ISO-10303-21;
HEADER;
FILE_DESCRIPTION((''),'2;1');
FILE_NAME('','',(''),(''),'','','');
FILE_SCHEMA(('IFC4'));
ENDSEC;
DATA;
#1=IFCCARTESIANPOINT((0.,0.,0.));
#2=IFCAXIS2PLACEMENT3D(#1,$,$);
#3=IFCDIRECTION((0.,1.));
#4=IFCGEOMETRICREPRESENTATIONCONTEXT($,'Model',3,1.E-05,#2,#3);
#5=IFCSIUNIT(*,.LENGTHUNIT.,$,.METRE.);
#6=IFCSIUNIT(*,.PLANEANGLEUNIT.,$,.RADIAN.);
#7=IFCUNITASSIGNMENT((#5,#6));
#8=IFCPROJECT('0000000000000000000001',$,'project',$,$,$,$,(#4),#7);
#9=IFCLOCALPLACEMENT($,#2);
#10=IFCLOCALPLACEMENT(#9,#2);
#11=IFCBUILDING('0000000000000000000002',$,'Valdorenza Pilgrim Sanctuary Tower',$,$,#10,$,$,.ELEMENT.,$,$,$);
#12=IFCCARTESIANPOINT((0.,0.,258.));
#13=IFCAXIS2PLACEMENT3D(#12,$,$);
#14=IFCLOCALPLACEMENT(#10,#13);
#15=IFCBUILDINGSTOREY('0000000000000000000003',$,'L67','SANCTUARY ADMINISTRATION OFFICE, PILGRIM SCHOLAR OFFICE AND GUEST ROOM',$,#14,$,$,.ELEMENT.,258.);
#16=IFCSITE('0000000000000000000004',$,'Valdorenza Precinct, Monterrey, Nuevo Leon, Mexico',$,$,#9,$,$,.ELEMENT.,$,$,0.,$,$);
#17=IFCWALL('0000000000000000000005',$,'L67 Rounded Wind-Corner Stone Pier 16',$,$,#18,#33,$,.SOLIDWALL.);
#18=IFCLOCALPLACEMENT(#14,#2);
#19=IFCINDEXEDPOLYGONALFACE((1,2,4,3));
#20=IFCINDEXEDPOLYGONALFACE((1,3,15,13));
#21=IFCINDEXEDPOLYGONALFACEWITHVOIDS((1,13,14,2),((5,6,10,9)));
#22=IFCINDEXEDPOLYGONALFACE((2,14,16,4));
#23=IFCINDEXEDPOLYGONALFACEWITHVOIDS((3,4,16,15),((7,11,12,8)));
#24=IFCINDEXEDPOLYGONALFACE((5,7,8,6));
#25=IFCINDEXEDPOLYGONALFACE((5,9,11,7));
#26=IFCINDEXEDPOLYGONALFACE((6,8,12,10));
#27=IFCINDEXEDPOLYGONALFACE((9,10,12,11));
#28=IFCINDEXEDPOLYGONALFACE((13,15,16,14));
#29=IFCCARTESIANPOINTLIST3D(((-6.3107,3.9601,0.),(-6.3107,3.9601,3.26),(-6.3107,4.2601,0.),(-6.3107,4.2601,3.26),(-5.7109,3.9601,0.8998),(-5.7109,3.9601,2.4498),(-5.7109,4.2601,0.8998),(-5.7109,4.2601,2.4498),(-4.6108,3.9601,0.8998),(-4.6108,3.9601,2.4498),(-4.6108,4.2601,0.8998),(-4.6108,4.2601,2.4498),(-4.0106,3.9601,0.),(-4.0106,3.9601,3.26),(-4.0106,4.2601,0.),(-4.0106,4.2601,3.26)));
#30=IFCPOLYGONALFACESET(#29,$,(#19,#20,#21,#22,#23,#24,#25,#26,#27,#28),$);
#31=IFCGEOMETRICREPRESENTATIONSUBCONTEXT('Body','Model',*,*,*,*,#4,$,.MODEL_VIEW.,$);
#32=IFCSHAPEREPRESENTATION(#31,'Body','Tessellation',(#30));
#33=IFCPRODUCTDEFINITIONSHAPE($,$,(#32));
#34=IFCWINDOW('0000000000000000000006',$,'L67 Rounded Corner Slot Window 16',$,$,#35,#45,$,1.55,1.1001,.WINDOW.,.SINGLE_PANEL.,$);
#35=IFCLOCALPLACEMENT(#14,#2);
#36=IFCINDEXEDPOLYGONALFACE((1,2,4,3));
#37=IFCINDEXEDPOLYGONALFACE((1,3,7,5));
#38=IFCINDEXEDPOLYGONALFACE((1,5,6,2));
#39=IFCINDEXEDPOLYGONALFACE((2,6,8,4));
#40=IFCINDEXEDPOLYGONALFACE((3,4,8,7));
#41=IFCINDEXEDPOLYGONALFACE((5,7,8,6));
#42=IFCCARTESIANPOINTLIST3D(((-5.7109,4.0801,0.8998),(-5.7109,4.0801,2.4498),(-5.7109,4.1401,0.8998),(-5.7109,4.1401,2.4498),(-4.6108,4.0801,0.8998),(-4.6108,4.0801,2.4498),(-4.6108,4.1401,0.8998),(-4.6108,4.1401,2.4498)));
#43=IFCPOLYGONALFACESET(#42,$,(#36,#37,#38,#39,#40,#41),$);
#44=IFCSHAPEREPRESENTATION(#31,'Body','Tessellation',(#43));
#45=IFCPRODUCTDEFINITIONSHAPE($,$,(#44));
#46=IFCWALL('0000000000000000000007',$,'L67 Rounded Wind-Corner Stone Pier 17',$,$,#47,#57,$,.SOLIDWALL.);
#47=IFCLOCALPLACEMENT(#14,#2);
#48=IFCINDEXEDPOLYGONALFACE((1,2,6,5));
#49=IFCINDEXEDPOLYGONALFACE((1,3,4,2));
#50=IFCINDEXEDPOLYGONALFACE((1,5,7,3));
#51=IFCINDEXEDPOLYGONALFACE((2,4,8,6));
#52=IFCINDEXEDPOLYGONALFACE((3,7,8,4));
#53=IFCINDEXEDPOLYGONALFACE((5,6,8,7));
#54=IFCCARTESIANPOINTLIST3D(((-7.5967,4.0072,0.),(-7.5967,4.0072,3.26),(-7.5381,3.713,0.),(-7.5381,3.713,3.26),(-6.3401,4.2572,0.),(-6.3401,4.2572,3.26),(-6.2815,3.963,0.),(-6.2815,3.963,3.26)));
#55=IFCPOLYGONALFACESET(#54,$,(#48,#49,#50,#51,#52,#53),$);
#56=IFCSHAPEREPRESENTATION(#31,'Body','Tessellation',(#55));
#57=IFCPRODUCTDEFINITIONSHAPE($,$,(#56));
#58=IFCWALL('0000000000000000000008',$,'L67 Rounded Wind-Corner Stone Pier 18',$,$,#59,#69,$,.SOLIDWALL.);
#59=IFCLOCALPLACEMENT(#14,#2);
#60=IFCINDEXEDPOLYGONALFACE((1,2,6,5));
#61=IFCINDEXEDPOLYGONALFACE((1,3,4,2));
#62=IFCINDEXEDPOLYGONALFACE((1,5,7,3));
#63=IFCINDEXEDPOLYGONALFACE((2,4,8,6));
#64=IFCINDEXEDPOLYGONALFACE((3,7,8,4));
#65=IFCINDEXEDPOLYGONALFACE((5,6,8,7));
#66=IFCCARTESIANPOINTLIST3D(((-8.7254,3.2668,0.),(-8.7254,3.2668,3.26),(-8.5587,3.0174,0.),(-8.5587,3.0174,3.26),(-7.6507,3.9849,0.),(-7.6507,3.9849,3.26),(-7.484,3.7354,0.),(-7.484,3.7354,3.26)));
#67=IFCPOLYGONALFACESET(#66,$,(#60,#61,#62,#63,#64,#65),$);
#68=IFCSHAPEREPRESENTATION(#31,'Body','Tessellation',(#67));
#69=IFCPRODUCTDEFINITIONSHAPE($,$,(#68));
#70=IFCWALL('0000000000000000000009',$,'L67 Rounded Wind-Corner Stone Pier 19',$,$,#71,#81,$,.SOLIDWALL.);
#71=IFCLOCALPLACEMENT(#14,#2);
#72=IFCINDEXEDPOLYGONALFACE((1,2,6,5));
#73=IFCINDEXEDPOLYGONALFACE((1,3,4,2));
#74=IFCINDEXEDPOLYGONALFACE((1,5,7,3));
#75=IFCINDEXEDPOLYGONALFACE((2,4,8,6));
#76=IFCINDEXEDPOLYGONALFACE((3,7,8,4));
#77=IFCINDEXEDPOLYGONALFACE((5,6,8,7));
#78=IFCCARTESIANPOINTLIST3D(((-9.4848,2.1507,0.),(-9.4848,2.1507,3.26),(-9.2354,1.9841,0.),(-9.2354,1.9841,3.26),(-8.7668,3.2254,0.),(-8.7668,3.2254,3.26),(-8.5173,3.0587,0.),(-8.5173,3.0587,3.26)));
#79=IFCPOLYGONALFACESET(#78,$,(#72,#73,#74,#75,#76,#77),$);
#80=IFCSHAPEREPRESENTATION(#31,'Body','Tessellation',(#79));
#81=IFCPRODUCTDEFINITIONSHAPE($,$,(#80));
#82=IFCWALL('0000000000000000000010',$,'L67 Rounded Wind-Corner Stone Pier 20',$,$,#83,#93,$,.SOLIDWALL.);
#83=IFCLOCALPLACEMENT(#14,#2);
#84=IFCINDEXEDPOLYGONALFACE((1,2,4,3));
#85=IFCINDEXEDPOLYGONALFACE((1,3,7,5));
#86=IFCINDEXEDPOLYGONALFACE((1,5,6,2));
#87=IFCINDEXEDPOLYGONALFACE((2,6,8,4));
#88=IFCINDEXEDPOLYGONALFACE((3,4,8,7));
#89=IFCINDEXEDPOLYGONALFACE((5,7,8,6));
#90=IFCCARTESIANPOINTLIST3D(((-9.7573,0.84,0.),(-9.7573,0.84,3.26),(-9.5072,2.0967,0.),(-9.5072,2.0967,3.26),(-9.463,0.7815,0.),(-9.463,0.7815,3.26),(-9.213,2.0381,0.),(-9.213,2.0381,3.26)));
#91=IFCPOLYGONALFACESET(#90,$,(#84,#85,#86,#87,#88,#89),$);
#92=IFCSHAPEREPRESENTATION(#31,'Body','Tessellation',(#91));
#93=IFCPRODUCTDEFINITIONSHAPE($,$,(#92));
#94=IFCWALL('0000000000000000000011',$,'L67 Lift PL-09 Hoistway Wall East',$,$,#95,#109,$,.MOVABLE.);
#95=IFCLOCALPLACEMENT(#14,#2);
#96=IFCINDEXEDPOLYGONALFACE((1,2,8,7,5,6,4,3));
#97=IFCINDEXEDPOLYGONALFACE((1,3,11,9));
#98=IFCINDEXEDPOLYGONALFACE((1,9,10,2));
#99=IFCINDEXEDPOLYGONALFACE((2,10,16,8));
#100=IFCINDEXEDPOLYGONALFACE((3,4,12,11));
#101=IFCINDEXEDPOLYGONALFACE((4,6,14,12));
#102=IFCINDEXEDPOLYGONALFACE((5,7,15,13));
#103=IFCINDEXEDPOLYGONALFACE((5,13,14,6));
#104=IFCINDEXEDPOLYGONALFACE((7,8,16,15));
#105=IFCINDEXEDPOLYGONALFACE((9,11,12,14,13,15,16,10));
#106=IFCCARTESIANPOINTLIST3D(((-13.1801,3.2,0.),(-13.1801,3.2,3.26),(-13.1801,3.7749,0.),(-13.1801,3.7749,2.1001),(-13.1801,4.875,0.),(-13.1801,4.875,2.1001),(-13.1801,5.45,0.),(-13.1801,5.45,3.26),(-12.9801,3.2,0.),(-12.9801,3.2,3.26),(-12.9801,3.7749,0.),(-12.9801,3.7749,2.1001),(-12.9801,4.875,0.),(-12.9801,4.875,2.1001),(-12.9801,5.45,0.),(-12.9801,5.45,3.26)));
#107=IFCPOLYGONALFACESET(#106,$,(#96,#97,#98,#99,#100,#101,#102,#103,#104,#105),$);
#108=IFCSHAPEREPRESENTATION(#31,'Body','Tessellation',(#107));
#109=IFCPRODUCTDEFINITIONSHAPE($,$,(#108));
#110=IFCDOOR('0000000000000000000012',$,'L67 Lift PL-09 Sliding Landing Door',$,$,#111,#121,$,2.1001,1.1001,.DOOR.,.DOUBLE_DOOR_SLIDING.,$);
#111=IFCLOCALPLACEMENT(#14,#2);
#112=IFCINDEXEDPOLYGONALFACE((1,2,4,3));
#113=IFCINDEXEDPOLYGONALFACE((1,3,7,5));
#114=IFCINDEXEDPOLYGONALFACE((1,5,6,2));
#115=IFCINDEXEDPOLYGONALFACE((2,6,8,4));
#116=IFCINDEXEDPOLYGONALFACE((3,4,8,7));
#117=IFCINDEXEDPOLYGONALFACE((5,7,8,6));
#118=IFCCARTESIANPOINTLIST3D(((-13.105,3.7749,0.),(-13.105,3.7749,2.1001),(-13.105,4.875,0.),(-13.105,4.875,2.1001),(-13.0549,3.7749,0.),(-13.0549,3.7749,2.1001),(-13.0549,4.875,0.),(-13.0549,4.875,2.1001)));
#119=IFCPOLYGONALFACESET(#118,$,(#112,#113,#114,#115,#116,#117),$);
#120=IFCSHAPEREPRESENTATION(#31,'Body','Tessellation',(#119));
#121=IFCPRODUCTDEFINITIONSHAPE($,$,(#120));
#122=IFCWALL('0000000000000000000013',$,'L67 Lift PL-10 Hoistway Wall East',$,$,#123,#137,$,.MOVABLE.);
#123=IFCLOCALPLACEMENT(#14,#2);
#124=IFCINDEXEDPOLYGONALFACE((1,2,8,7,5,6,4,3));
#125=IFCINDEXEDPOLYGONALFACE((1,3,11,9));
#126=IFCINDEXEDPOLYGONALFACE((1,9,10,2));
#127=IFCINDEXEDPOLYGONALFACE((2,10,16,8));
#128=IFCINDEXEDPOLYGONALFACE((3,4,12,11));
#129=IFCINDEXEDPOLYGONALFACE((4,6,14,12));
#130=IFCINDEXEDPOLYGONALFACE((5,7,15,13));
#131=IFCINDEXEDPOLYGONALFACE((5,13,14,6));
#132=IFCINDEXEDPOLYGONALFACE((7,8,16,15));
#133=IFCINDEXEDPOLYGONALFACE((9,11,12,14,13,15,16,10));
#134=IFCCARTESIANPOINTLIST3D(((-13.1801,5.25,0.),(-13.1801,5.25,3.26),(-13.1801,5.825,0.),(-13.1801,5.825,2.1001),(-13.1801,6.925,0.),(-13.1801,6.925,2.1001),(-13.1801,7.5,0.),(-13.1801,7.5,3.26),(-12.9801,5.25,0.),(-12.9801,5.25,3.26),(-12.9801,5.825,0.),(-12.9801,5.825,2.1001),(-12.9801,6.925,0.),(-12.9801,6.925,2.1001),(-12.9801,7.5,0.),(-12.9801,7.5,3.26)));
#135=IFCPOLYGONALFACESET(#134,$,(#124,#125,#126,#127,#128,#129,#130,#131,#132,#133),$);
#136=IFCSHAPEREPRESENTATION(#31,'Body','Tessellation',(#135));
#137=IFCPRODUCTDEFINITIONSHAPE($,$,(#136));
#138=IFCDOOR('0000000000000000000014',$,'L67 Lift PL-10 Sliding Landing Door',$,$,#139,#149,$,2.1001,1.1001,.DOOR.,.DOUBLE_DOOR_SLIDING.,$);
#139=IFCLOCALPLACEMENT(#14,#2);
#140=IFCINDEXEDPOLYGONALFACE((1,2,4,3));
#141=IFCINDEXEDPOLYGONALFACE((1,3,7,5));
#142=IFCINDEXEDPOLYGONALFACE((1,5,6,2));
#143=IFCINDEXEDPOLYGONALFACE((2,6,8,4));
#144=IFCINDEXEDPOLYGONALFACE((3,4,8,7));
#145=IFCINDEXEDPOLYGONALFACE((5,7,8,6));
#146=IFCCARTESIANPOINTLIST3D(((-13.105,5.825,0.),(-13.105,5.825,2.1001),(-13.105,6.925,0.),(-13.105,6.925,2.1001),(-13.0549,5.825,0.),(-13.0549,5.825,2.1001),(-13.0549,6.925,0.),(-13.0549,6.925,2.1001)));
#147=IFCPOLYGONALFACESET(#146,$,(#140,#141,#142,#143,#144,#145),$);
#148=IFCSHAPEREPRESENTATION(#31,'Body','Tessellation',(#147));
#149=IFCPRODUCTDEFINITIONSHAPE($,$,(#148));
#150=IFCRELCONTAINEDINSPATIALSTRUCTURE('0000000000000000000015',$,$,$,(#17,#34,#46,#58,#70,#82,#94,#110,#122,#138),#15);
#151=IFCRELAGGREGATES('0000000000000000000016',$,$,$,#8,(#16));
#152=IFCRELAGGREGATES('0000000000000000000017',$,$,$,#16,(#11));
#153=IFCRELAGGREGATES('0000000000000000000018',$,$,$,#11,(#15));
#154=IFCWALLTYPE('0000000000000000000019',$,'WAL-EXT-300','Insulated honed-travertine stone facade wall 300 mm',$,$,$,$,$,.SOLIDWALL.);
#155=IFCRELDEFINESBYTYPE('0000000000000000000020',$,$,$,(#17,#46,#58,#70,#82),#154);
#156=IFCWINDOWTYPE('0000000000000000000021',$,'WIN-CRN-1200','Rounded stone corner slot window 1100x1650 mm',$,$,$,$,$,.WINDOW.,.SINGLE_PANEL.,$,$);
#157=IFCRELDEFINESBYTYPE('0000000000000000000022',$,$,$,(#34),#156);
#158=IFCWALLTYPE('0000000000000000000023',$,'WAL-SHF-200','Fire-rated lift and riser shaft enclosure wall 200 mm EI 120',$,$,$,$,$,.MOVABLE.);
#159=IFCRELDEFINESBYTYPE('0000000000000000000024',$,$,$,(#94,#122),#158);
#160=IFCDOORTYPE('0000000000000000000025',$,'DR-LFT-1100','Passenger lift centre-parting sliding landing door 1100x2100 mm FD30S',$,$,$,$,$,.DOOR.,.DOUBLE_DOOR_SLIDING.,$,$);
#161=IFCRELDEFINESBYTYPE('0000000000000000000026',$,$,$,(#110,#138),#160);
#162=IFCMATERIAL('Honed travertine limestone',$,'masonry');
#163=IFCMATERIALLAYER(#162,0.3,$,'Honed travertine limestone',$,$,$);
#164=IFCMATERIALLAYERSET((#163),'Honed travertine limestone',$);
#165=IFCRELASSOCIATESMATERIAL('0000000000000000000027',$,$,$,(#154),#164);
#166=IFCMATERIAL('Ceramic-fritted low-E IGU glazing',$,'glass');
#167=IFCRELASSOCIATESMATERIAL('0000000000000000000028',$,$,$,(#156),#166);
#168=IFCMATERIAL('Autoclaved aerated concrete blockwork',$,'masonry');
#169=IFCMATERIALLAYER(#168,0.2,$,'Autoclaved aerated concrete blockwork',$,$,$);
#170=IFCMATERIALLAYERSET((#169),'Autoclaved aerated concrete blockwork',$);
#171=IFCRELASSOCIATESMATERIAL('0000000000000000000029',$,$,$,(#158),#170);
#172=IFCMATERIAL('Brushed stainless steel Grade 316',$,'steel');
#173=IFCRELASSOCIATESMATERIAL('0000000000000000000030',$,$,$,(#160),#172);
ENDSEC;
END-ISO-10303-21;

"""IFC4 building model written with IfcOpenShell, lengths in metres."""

from ifc_helpers import new_model, si_unit, direction, frame, frame_2d, origin, place, context, subcontext, project, spatial, rectangle, extrude, material, layer, layer_set, type_object, element, fill, save


model = new_model("IFC4")

# Units and contexts
model_context = context("Model", 3, precision=1e-05, world=origin(), true_north=direction((0.0, 1.0)))
body_context = subcontext(model_context, "Body", "Model", "MODEL_VIEW")
ifc_project = project(units=[si_unit("LENGTHUNIT", "METRE"), si_unit("PLANEANGLEUNIT", "RADIAN")], contexts=[model_context])

# Site, building, storey
site_placement = place(None, origin())
site = spatial("IfcSite", under=ifc_project, at=site_placement, Name="Valdorenza Precinct, Monterrey, Nuevo Leon, Mexico", CompositionType="ELEMENT", RefElevation=0.0)
building_placement = place(site_placement, origin())
building = spatial("IfcBuilding", under=site, at=building_placement, Name="Valdorenza Pilgrim Sanctuary Tower", CompositionType="ELEMENT")
storey_placement = place(building_placement, frame((0.0, 0.0, 258.0)))
storey = spatial("IfcBuildingStorey", under=building, at=storey_placement, Name="L67", Description="SANCTUARY ADMINISTRATION OFFICE, PILGRIM SCHOLAR OFFICE AND GUEST ROOM", CompositionType="ELEMENT", Elevation=258.0)

# Shared definitions
ifc_material_1 = material(Name="Ceramic-fritted low-E IGU glazing", Category="glass")

# Shared definitions
ifc_material_2 = material(Name="Honed travertine limestone", Category="masonry")
ifc_layer_1 = layer(ifc_material_2, 0.3, Name="Honed travertine limestone")
ifc_layer_set_1 = layer_set([ifc_layer_1], Name="Honed travertine limestone")
wall_type_1 = type_object("IfcWallType", Name="WAL-EXT-300", Description="Insulated honed-travertine stone facade wall 300 mm", PredefinedType="SOLIDWALL", material=ifc_layer_set_1)

# Wall, opening, window
wall_1_placement = place(storey_placement, frame((-4.0107, 4.1101, 0.0), z_axis=(0.0, 0.0, 1.0), x_axis=(-1.0, 0.0, 0.0)))
wall_1 = element("IfcWall", 1, at=wall_1_placement, inside=storey, type_object=wall_type_1, Name="L67 Rounded Wind-Corner Stone Pier 16", PredefinedType="SOLIDWALL", context=body_context, shape_type="SweptSolid", body=[
    extrude(rectangle(XDim=2.3, YDim=0.3, at=frame_2d((1.1499, 0.0))), origin(), (0.0, 0.0, 1.0), 3.26),
])
opening_1_placement = place(wall_1_placement, frame((0.6001, 0.0, 0.8999)))
opening_1 = element("IfcOpeningElement", 2, at=opening_1_placement, cuts=wall_1, PredefinedType="OPENING", context=body_context, shape_type="SweptSolid", body=[
    extrude(rectangle(XDim=1.1001, YDim=1.55, at=frame_2d((0.55, 0.7749))), frame((0.0, 0.165, 0.0), z_axis=(0.0, -1.0, 0.0), x_axis=(1.0, 0.0, 0.0)), (0.0, 0.0, 1.0), 0.3298),
])
window_type = type_object("IfcWindowType", Name="WIN-CRN-1200", Description="Rounded stone corner slot window 1100x1650 mm", PartitioningType="SINGLE_PANEL", PredefinedType="WINDOW", material=ifc_material_1)
window_placement = place(opening_1_placement, origin())
window = element("IfcWindow", 3, at=window_placement, inside=storey, type_object=window_type, Name="L67 Rounded Corner Slot Window 16", OverallHeight=1.55, OverallWidth=1.1001, PartitioningType="SINGLE_PANEL", PredefinedType="WINDOW", context=body_context, shape_type="SweptSolid", body=[
    extrude(rectangle(XDim=1.1001, YDim=1.55, at=frame_2d((0.55, 0.7749))), frame((0.0, 0.03, 0.0), z_axis=(0.0, -1.0, 0.0), x_axis=(1.0, 0.0, 0.0)), (0.0, 0.0, 1.0), 0.0601),
])
fill(opening_1, window)

# Walls
wall_2_placement = place(storey_placement, frame((-6.3108, 4.1101, 0.0), z_axis=(0.0, 0.0, 1.0), x_axis=(-0.980778, -0.195127, 0.0)))
element("IfcWall", 4, at=wall_2_placement, inside=storey, type_object=wall_type_1, Name="L67 Rounded Wind-Corner Stone Pier 17", PredefinedType="SOLIDWALL", context=body_context, shape_type="SweptSolid", body=[
    extrude(rectangle(XDim=1.2812, YDim=0.3, at=frame_2d((0.6406, 0.0))), origin(), (0.0, 0.0, 1.0), 3.26),
])
for number, where, z_axis, x_axis, name in (
    (5, (-7.5674, 3.8601, 0.0), (0.0, 0.0, 1.0), (-0.831498, -0.555528, 0.0), "L67 Rounded Wind-Corner Stone Pier 18"),
    (6, (-8.6421, 3.1421, 0.0), (0.0, 0.0, 1.0), (-0.555528, -0.831498, 0.0), "L67 Rounded Wind-Corner Stone Pier 19"),
):
    element("IfcWall", number, at=place(storey_placement, frame(where, z_axis=z_axis, x_axis=x_axis)), inside=storey, type_object=wall_type_1, Name=name, PredefinedType="SOLIDWALL", context=body_context, shape_type="SweptSolid", body=[
        extrude(rectangle(XDim=1.2925, YDim=0.3, at=frame_2d((0.6462, 0.0))), origin(), (0.0, 0.0, 1.0), 3.26),
    ])
wall_3_placement = place(storey_placement, frame((-9.3601, 2.0674, 0.0), z_axis=(0.0, 0.0, 1.0), x_axis=(-0.195127, -0.980778, 0.0)))
element("IfcWall", 7, at=wall_3_placement, inside=storey, type_object=wall_type_1, Name="L67 Rounded Wind-Corner Stone Pier 20", PredefinedType="SOLIDWALL", context=body_context, shape_type="SweptSolid", body=[
    extrude(rectangle(XDim=1.2812, YDim=0.3, at=frame_2d((0.6406, 0.0))), origin(), (0.0, 0.0, 1.0), 3.26),
])

# Walls, openings, doors
ifc_material_3 = material(Name="Autoclaved aerated concrete blockwork", Category="masonry")
ifc_layer_2 = layer(ifc_material_3, 0.2, Name="Autoclaved aerated concrete blockwork")
ifc_layer_set_2 = layer_set([ifc_layer_2], Name="Autoclaved aerated concrete blockwork")
wall_type_2 = type_object("IfcWallType", Name="WAL-SHF-200", Description="Fire-rated lift and riser shaft enclosure wall 200 mm EI 120", PredefinedType="MOVABLE", material=ifc_layer_set_2)
wall_4_placement = place(storey_placement, frame((-13.0801, 3.2, 0.0), z_axis=(0.0, 0.0, 1.0), x_axis=(0.0, 1.0, 0.0)))
wall_4 = element("IfcWall", 8, at=wall_4_placement, inside=storey, type_object=wall_type_2, Name="L67 Lift PL-09 Hoistway Wall East", PredefinedType="MOVABLE", context=body_context, shape_type="SweptSolid", body=[
    extrude(rectangle(XDim=2.25, YDim=0.2, at=frame_2d((1.125, 0.0))), origin(), (0.0, 0.0, 1.0), 3.26),
])
opening_2_placement = place(wall_4_placement, frame((0.575, 0.0, 0.0)))
opening_2 = element("IfcOpeningElement", 9, at=opening_2_placement, cuts=wall_4, PredefinedType="OPENING", context=body_context, shape_type="SweptSolid", body=[
    extrude(rectangle(XDim=1.1001, YDim=2.1001, at=frame_2d((0.55, 1.05))), frame((0.0, 0.1147, 0.0), z_axis=(0.0, -1.0, 0.0), x_axis=(1.0, 0.0, 0.0)), (0.0, 0.0, 1.0), 0.2297),
])
ifc_material_4 = material(Name="Brushed stainless steel Grade 316", Category="steel")
door_type_1 = type_object("IfcDoorType", Name="DR-LFT-1100", Description="Passenger lift centre-parting sliding landing door 1100x2100 mm FD30S", OperationType="DOUBLE_DOOR_SLIDING", PredefinedType="DOOR", material=ifc_material_4)
door_1_placement = place(opening_2_placement, origin())
door_1 = element("IfcDoor", 10, at=door_1_placement, inside=storey, type_object=door_type_1, Name="L67 Lift PL-09 Sliding Landing Door", OperationType="DOUBLE_DOOR_SLIDING", OverallHeight=2.1001, OverallWidth=1.1001, PredefinedType="DOOR", context=body_context, shape_type="SweptSolid", body=[
    extrude(rectangle(XDim=1.1001, YDim=2.1001, at=frame_2d((0.55, 1.05))), frame((0.0, 0.0249, 0.0), z_axis=(0.0, -1.0, 0.0), x_axis=(1.0, 0.0, 0.0)), (0.0, 0.0, 1.0), 0.05),
])
fill(opening_2, door_1)
wall_5_placement = place(storey_placement, frame((-13.0801, 5.25, 0.0), z_axis=(0.0, 0.0, 1.0), x_axis=(0.0, 1.0, 0.0)))
wall_5 = element("IfcWall", 11, at=wall_5_placement, inside=storey, type_object=wall_type_2, Name="L67 Lift PL-10 Hoistway Wall East", PredefinedType="MOVABLE", context=body_context, shape_type="SweptSolid", body=[
    extrude(rectangle(XDim=2.25, YDim=0.2, at=frame_2d((1.125, 0.0))), origin(), (0.0, 0.0, 1.0), 3.26),
])
opening_3_placement = place(wall_5_placement, frame((0.575, 0.0, 0.0)))
opening_3 = element("IfcOpeningElement", 12, at=opening_3_placement, cuts=wall_5, PredefinedType="OPENING", context=body_context, shape_type="SweptSolid", body=[
    extrude(rectangle(XDim=1.1001, YDim=2.1001, at=frame_2d((0.55, 1.05))), frame((0.0, 0.1147, 0.0), z_axis=(0.0, -1.0, 0.0), x_axis=(1.0, 0.0, 0.0)), (0.0, 0.0, 1.0), 0.2297),
])
door_2_placement = place(opening_3_placement, origin())
door_2 = element("IfcDoor", 13, at=door_2_placement, inside=storey, type_object=door_type_1, Name="L67 Lift PL-10 Sliding Landing Door", OperationType="DOUBLE_DOOR_SLIDING", OverallHeight=2.1001, OverallWidth=1.1001, PredefinedType="DOOR", context=body_context, shape_type="SweptSolid", body=[
    extrude(rectangle(XDim=1.1001, YDim=2.1001, at=frame_2d((0.55, 1.05))), frame((0.0, 0.0249, 0.0), z_axis=(0.0, -1.0, 0.0), x_axis=(1.0, 0.0, 0.0)), (0.0, 0.0, 1.0), 0.05),
])
fill(opening_3, door_2)

save(model, "model.ifc")
